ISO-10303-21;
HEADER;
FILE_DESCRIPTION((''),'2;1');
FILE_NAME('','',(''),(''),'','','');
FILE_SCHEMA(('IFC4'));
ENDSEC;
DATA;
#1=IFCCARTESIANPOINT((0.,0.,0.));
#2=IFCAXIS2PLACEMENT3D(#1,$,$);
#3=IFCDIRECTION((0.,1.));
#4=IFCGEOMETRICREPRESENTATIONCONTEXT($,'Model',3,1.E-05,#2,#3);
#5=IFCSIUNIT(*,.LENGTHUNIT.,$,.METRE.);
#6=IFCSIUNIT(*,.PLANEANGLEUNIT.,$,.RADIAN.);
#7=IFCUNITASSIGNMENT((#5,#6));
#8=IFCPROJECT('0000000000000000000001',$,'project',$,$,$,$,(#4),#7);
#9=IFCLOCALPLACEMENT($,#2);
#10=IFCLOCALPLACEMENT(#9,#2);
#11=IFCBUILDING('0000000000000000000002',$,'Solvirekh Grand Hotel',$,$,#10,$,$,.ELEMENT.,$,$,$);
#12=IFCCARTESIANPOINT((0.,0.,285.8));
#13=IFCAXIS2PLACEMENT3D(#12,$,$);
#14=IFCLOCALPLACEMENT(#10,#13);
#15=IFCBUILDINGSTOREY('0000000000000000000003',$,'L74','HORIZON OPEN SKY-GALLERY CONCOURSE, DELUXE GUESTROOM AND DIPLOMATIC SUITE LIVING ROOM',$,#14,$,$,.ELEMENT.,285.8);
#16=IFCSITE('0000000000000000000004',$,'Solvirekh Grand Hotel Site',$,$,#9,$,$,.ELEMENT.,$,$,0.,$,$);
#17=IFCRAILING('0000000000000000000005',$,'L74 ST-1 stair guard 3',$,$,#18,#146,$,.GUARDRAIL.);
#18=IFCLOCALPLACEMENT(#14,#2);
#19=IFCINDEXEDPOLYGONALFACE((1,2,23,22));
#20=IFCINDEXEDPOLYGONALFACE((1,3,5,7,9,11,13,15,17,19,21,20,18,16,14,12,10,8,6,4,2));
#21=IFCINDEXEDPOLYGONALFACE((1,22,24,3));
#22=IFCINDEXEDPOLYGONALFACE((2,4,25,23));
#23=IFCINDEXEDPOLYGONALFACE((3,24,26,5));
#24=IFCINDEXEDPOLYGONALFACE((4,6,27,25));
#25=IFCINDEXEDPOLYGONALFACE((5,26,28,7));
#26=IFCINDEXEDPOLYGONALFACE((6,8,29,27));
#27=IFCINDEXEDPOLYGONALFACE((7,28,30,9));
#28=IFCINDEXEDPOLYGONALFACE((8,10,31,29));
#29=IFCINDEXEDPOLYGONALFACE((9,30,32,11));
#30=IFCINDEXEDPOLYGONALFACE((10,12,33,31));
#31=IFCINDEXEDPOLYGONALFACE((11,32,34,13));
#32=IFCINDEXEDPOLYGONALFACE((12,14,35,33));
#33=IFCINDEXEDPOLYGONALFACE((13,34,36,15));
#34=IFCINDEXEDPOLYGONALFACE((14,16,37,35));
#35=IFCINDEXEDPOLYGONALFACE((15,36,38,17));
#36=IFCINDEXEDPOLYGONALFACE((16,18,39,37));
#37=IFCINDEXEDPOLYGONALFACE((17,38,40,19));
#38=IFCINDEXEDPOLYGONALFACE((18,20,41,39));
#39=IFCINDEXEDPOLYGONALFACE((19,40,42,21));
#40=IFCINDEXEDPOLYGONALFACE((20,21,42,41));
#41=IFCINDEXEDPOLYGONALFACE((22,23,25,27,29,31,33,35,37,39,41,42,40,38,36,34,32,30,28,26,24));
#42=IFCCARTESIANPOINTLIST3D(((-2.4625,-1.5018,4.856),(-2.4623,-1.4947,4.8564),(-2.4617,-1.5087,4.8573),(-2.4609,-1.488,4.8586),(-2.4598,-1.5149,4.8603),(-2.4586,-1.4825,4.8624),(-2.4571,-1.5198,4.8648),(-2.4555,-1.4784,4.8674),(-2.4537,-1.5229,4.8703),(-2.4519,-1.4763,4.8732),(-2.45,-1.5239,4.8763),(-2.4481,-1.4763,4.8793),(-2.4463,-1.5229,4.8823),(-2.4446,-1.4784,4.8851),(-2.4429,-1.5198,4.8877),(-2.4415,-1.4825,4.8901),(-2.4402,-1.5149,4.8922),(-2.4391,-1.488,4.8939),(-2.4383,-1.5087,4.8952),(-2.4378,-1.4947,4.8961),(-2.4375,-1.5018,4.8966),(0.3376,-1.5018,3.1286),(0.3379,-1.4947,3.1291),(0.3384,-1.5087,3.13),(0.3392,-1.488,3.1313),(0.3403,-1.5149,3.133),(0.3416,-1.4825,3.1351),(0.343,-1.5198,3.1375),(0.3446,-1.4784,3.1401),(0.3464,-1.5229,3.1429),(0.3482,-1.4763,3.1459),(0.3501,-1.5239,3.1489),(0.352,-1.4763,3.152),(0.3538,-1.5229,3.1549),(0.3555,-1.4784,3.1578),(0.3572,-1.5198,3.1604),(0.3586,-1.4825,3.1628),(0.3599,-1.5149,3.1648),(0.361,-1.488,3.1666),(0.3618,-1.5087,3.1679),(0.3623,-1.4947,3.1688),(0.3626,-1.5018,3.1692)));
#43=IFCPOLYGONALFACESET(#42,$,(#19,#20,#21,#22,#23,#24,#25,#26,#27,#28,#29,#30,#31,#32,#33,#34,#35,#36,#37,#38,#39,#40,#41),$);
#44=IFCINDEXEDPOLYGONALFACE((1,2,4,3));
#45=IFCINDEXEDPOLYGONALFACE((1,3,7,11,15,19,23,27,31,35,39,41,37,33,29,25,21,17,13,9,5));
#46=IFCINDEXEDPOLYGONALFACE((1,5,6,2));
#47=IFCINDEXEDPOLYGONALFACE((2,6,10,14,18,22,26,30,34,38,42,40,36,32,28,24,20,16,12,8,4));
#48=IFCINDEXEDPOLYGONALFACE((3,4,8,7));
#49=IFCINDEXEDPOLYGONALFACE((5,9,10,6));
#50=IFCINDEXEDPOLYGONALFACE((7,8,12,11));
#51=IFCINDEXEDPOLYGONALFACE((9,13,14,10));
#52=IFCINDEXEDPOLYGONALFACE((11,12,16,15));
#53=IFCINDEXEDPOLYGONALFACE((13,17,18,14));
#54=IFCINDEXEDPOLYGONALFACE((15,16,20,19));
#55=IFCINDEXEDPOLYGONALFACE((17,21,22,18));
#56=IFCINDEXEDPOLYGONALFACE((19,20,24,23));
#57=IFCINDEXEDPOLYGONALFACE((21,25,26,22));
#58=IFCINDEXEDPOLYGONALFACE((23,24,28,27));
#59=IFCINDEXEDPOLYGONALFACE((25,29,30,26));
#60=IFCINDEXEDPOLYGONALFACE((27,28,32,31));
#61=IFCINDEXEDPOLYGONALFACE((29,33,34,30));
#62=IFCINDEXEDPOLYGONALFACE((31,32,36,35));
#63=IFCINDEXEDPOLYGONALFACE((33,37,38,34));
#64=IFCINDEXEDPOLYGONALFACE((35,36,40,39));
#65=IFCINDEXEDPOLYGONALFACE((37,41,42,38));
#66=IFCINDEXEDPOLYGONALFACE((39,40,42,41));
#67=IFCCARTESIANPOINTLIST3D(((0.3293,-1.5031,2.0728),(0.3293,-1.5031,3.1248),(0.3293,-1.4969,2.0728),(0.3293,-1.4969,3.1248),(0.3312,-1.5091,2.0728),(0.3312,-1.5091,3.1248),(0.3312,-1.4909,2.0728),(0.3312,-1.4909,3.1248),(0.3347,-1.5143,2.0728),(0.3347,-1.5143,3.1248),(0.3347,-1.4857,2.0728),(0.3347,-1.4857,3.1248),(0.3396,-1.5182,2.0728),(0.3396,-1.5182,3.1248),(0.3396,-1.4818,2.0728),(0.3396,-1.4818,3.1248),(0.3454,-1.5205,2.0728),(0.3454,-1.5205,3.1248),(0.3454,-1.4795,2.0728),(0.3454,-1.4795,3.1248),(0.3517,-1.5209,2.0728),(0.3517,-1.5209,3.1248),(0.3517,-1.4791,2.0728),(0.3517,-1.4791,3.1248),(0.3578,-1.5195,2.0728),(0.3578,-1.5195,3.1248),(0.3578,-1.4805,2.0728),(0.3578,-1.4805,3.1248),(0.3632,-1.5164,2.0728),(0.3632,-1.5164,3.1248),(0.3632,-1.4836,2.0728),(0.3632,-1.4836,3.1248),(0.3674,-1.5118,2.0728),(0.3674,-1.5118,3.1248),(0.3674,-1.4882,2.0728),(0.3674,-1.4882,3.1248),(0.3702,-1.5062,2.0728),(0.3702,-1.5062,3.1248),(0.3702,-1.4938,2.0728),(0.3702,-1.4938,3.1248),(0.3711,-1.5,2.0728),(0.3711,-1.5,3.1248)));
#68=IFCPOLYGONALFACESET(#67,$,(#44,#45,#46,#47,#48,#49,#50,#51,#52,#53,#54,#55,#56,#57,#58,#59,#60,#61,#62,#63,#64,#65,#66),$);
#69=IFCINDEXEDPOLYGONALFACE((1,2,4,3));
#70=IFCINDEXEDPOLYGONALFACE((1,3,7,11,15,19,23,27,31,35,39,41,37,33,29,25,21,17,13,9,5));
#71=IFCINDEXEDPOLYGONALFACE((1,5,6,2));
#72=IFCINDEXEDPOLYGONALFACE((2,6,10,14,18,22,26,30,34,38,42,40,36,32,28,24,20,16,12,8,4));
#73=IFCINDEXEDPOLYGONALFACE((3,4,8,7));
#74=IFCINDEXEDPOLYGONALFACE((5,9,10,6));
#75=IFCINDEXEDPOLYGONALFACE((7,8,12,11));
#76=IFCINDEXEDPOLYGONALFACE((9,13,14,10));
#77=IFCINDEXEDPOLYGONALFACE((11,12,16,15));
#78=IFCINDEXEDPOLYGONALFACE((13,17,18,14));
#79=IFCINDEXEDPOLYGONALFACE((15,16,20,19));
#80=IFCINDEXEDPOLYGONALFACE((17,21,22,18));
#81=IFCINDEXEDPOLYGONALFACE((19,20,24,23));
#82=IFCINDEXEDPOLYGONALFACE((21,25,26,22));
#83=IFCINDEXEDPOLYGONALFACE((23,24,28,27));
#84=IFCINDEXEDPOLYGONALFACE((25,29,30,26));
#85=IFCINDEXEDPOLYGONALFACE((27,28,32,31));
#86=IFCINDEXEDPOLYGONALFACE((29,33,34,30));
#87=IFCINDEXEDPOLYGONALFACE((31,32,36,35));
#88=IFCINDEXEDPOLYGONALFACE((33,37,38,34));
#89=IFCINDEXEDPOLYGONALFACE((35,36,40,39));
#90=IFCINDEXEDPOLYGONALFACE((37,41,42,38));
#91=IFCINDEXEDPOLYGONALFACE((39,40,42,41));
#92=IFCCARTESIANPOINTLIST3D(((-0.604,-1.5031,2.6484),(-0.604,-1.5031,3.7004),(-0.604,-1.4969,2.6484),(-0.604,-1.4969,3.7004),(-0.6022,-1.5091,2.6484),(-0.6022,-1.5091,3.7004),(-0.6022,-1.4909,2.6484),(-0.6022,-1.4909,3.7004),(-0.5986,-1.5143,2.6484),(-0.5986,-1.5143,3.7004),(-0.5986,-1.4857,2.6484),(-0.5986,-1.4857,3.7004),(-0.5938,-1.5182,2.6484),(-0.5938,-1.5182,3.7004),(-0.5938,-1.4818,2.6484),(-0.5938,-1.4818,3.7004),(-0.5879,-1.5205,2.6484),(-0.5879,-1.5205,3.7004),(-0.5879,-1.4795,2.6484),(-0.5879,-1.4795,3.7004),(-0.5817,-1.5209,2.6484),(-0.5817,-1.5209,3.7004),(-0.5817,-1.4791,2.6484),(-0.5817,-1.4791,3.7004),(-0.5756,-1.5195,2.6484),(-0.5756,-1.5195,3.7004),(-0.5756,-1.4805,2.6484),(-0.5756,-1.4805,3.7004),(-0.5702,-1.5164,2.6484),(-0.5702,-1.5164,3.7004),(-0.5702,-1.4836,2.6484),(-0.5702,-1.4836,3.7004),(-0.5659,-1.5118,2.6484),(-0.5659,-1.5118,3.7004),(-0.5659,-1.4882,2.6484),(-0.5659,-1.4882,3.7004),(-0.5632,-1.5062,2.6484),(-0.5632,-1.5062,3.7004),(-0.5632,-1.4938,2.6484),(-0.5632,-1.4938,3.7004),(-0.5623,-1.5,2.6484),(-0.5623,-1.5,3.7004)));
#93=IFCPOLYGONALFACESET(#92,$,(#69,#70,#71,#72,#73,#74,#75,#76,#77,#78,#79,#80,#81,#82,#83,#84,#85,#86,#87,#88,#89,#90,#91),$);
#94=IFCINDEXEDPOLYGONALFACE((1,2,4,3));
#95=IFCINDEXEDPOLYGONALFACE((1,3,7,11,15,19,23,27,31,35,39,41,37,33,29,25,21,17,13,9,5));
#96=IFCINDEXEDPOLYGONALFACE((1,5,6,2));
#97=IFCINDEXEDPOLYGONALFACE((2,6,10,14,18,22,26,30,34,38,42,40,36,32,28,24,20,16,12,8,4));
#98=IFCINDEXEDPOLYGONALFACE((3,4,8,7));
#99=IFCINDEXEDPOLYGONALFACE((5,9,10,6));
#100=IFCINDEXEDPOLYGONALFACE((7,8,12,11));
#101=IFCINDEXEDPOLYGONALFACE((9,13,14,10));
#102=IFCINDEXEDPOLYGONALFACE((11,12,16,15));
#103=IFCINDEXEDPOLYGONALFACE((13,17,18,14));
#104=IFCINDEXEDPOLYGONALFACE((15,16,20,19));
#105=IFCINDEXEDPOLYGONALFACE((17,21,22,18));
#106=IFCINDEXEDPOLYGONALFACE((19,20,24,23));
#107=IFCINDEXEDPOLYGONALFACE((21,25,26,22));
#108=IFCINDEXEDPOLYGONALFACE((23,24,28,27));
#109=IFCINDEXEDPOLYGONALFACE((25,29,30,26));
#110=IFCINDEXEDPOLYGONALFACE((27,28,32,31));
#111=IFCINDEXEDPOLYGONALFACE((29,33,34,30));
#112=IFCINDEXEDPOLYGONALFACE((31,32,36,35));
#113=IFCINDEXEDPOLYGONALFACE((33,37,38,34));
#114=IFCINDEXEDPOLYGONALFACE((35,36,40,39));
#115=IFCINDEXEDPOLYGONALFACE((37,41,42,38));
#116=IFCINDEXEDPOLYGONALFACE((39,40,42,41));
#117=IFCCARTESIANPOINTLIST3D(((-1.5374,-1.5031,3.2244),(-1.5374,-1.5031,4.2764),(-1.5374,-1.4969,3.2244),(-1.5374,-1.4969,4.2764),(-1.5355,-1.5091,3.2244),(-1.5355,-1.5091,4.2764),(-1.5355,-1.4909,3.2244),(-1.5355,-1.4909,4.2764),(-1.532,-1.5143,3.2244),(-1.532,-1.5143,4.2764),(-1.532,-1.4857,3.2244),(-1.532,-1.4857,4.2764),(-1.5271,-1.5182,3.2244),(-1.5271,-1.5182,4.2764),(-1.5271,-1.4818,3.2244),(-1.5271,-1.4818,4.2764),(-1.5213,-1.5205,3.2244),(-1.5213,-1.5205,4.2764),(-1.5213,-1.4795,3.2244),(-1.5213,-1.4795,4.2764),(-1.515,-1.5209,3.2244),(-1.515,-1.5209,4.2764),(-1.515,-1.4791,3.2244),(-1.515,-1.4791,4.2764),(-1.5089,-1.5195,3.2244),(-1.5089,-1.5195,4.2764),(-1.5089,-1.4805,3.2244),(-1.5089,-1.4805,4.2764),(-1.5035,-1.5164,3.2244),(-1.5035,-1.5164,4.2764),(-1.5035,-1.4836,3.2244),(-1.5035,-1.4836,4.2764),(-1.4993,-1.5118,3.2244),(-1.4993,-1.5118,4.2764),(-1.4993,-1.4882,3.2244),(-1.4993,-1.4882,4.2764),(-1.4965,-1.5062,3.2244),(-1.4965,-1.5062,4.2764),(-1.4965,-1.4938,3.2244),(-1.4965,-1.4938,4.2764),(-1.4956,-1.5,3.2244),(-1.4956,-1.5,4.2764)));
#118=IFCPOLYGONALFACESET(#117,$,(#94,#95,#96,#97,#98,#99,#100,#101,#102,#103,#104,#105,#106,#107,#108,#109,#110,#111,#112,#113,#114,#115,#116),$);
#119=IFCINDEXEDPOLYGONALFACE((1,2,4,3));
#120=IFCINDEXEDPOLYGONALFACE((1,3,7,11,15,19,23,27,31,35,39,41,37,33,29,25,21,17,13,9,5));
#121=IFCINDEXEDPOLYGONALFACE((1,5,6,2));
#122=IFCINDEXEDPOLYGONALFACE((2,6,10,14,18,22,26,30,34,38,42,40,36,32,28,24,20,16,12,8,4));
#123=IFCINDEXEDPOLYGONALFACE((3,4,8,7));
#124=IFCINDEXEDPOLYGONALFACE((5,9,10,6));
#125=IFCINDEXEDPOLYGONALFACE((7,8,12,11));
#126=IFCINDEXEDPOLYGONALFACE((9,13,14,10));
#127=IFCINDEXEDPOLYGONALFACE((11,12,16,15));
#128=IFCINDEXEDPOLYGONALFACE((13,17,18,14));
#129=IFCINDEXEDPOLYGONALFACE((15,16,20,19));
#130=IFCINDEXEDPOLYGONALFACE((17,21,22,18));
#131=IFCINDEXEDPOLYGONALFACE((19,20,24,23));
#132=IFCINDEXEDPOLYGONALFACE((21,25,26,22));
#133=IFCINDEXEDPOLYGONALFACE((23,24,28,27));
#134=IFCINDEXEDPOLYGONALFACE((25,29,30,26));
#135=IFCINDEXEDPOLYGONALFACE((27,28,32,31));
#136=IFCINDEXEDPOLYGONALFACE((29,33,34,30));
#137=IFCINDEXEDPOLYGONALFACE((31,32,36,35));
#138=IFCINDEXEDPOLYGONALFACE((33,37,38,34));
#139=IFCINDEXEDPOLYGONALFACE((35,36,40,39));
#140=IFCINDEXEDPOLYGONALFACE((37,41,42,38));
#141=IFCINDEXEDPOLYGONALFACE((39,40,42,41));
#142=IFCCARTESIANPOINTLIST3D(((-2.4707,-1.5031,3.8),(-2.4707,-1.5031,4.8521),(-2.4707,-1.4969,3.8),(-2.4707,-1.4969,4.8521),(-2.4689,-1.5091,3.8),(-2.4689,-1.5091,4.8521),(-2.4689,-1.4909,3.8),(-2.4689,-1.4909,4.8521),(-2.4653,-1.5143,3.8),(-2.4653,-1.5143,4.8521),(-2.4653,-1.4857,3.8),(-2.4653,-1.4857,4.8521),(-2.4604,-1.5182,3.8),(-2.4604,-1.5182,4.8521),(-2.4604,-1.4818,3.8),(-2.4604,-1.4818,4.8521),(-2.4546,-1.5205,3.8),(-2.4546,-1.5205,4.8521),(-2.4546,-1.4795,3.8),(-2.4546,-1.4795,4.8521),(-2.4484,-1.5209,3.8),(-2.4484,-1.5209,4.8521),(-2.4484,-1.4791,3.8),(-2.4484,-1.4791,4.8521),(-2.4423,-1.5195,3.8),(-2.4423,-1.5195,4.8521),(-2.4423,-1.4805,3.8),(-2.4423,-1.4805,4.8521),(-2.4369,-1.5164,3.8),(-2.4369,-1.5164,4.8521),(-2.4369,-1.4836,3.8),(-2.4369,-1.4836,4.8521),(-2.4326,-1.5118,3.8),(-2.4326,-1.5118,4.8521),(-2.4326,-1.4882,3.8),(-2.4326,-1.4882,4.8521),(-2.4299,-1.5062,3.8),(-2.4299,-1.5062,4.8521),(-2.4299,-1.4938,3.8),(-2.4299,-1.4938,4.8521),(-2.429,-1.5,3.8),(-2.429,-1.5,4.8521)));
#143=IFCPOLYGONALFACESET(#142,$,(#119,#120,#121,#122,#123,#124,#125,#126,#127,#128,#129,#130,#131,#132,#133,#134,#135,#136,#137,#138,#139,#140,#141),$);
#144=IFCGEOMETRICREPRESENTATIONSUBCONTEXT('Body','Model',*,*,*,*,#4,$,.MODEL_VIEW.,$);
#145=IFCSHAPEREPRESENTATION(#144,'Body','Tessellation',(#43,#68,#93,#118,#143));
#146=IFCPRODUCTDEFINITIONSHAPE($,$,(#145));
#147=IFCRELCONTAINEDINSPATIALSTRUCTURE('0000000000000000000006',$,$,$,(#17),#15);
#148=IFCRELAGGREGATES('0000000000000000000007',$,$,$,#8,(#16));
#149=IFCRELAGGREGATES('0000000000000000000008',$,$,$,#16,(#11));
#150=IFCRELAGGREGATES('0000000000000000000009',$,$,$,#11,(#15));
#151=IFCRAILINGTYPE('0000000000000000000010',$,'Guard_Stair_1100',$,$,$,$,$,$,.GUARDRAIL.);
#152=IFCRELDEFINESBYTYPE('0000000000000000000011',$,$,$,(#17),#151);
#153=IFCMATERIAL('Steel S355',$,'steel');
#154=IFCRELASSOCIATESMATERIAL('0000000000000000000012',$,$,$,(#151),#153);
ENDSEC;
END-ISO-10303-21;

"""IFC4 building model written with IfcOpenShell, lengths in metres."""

from ifc_helpers import new_model, si_unit, direction, frame, origin, origin_2d, place, context, subcontext, project, spatial, circle, extrude, material, type_object, element, save


model = new_model("IFC4")

# Units and contexts
model_context = context("Model", 3, precision=1e-05, world=origin(), true_north=direction((0.0, 1.0)))
body_context = subcontext(model_context, "Body", "Model", "MODEL_VIEW")
ifc_project = project(units=[si_unit("LENGTHUNIT", "METRE"), si_unit("PLANEANGLEUNIT", "RADIAN")], contexts=[model_context])

# Site, building, storey
site_placement = place(None, origin())
site = spatial("IfcSite", under=ifc_project, at=site_placement, Name="Solvirekh Grand Hotel Site", CompositionType="ELEMENT", RefElevation=0.0)
building_placement = place(site_placement, origin())
building = spatial("IfcBuilding", under=site, at=building_placement, Name="Solvirekh Grand Hotel", CompositionType="ELEMENT")
storey_placement = place(building_placement, frame((0.0, 0.0, 285.8)))
storey = spatial("IfcBuildingStorey", under=building, at=storey_placement, Name="L74", Description="HORIZON OPEN SKY-GALLERY CONCOURSE, DELUXE GUESTROOM AND DIPLOMATIC SUITE LIVING ROOM", CompositionType="ELEMENT", Elevation=285.8)

# Railing
ifc_material_1 = material(Name="Steel S355", Category="steel")
railing_type_1 = type_object("IfcRailingType", Name="Guard_Stair_1100", PredefinedType="GUARDRAIL", material=ifc_material_1)
railing_1_placement = place(storey_placement, frame((0.3501, -1.5, 2.0728)))
element("IfcRailing", 1, at=railing_1_placement, inside=storey, type_object=railing_type_1, Name="L74 ST-1 stair guard 3", PredefinedType="GUARDRAIL", context=body_context, shape_type="SweptSolid", body=[
    extrude(circle(Radius=0.0239, at=origin_2d()), frame((0.0, 0.0, 1.0762), z_axis=(-0.85109, 0.0, 0.52502), x_axis=(0.0, -1.0, 0.0)), (0.0, 0.0, 1.0), 3.29),
    extrude(circle(Radius=0.021, at=origin_2d()), origin(), (0.0, 0.0, 1.0), 1.052),
    extrude(circle(Radius=0.021, at=origin_2d()), frame((-0.9333, 0.0, 0.5757)), (0.0, 0.0, 1.0), 1.052),
    extrude(circle(Radius=0.021, at=origin_2d()), frame((-1.8667, 0.0, 1.1516)), (0.0, 0.0, 1.0), 1.052),
    extrude(circle(Radius=0.021, at=origin_2d()), frame((-2.8, 0.0, 1.7273)), (0.0, 0.0, 1.0), 1.052),
])

save(model, "model.ifc")
